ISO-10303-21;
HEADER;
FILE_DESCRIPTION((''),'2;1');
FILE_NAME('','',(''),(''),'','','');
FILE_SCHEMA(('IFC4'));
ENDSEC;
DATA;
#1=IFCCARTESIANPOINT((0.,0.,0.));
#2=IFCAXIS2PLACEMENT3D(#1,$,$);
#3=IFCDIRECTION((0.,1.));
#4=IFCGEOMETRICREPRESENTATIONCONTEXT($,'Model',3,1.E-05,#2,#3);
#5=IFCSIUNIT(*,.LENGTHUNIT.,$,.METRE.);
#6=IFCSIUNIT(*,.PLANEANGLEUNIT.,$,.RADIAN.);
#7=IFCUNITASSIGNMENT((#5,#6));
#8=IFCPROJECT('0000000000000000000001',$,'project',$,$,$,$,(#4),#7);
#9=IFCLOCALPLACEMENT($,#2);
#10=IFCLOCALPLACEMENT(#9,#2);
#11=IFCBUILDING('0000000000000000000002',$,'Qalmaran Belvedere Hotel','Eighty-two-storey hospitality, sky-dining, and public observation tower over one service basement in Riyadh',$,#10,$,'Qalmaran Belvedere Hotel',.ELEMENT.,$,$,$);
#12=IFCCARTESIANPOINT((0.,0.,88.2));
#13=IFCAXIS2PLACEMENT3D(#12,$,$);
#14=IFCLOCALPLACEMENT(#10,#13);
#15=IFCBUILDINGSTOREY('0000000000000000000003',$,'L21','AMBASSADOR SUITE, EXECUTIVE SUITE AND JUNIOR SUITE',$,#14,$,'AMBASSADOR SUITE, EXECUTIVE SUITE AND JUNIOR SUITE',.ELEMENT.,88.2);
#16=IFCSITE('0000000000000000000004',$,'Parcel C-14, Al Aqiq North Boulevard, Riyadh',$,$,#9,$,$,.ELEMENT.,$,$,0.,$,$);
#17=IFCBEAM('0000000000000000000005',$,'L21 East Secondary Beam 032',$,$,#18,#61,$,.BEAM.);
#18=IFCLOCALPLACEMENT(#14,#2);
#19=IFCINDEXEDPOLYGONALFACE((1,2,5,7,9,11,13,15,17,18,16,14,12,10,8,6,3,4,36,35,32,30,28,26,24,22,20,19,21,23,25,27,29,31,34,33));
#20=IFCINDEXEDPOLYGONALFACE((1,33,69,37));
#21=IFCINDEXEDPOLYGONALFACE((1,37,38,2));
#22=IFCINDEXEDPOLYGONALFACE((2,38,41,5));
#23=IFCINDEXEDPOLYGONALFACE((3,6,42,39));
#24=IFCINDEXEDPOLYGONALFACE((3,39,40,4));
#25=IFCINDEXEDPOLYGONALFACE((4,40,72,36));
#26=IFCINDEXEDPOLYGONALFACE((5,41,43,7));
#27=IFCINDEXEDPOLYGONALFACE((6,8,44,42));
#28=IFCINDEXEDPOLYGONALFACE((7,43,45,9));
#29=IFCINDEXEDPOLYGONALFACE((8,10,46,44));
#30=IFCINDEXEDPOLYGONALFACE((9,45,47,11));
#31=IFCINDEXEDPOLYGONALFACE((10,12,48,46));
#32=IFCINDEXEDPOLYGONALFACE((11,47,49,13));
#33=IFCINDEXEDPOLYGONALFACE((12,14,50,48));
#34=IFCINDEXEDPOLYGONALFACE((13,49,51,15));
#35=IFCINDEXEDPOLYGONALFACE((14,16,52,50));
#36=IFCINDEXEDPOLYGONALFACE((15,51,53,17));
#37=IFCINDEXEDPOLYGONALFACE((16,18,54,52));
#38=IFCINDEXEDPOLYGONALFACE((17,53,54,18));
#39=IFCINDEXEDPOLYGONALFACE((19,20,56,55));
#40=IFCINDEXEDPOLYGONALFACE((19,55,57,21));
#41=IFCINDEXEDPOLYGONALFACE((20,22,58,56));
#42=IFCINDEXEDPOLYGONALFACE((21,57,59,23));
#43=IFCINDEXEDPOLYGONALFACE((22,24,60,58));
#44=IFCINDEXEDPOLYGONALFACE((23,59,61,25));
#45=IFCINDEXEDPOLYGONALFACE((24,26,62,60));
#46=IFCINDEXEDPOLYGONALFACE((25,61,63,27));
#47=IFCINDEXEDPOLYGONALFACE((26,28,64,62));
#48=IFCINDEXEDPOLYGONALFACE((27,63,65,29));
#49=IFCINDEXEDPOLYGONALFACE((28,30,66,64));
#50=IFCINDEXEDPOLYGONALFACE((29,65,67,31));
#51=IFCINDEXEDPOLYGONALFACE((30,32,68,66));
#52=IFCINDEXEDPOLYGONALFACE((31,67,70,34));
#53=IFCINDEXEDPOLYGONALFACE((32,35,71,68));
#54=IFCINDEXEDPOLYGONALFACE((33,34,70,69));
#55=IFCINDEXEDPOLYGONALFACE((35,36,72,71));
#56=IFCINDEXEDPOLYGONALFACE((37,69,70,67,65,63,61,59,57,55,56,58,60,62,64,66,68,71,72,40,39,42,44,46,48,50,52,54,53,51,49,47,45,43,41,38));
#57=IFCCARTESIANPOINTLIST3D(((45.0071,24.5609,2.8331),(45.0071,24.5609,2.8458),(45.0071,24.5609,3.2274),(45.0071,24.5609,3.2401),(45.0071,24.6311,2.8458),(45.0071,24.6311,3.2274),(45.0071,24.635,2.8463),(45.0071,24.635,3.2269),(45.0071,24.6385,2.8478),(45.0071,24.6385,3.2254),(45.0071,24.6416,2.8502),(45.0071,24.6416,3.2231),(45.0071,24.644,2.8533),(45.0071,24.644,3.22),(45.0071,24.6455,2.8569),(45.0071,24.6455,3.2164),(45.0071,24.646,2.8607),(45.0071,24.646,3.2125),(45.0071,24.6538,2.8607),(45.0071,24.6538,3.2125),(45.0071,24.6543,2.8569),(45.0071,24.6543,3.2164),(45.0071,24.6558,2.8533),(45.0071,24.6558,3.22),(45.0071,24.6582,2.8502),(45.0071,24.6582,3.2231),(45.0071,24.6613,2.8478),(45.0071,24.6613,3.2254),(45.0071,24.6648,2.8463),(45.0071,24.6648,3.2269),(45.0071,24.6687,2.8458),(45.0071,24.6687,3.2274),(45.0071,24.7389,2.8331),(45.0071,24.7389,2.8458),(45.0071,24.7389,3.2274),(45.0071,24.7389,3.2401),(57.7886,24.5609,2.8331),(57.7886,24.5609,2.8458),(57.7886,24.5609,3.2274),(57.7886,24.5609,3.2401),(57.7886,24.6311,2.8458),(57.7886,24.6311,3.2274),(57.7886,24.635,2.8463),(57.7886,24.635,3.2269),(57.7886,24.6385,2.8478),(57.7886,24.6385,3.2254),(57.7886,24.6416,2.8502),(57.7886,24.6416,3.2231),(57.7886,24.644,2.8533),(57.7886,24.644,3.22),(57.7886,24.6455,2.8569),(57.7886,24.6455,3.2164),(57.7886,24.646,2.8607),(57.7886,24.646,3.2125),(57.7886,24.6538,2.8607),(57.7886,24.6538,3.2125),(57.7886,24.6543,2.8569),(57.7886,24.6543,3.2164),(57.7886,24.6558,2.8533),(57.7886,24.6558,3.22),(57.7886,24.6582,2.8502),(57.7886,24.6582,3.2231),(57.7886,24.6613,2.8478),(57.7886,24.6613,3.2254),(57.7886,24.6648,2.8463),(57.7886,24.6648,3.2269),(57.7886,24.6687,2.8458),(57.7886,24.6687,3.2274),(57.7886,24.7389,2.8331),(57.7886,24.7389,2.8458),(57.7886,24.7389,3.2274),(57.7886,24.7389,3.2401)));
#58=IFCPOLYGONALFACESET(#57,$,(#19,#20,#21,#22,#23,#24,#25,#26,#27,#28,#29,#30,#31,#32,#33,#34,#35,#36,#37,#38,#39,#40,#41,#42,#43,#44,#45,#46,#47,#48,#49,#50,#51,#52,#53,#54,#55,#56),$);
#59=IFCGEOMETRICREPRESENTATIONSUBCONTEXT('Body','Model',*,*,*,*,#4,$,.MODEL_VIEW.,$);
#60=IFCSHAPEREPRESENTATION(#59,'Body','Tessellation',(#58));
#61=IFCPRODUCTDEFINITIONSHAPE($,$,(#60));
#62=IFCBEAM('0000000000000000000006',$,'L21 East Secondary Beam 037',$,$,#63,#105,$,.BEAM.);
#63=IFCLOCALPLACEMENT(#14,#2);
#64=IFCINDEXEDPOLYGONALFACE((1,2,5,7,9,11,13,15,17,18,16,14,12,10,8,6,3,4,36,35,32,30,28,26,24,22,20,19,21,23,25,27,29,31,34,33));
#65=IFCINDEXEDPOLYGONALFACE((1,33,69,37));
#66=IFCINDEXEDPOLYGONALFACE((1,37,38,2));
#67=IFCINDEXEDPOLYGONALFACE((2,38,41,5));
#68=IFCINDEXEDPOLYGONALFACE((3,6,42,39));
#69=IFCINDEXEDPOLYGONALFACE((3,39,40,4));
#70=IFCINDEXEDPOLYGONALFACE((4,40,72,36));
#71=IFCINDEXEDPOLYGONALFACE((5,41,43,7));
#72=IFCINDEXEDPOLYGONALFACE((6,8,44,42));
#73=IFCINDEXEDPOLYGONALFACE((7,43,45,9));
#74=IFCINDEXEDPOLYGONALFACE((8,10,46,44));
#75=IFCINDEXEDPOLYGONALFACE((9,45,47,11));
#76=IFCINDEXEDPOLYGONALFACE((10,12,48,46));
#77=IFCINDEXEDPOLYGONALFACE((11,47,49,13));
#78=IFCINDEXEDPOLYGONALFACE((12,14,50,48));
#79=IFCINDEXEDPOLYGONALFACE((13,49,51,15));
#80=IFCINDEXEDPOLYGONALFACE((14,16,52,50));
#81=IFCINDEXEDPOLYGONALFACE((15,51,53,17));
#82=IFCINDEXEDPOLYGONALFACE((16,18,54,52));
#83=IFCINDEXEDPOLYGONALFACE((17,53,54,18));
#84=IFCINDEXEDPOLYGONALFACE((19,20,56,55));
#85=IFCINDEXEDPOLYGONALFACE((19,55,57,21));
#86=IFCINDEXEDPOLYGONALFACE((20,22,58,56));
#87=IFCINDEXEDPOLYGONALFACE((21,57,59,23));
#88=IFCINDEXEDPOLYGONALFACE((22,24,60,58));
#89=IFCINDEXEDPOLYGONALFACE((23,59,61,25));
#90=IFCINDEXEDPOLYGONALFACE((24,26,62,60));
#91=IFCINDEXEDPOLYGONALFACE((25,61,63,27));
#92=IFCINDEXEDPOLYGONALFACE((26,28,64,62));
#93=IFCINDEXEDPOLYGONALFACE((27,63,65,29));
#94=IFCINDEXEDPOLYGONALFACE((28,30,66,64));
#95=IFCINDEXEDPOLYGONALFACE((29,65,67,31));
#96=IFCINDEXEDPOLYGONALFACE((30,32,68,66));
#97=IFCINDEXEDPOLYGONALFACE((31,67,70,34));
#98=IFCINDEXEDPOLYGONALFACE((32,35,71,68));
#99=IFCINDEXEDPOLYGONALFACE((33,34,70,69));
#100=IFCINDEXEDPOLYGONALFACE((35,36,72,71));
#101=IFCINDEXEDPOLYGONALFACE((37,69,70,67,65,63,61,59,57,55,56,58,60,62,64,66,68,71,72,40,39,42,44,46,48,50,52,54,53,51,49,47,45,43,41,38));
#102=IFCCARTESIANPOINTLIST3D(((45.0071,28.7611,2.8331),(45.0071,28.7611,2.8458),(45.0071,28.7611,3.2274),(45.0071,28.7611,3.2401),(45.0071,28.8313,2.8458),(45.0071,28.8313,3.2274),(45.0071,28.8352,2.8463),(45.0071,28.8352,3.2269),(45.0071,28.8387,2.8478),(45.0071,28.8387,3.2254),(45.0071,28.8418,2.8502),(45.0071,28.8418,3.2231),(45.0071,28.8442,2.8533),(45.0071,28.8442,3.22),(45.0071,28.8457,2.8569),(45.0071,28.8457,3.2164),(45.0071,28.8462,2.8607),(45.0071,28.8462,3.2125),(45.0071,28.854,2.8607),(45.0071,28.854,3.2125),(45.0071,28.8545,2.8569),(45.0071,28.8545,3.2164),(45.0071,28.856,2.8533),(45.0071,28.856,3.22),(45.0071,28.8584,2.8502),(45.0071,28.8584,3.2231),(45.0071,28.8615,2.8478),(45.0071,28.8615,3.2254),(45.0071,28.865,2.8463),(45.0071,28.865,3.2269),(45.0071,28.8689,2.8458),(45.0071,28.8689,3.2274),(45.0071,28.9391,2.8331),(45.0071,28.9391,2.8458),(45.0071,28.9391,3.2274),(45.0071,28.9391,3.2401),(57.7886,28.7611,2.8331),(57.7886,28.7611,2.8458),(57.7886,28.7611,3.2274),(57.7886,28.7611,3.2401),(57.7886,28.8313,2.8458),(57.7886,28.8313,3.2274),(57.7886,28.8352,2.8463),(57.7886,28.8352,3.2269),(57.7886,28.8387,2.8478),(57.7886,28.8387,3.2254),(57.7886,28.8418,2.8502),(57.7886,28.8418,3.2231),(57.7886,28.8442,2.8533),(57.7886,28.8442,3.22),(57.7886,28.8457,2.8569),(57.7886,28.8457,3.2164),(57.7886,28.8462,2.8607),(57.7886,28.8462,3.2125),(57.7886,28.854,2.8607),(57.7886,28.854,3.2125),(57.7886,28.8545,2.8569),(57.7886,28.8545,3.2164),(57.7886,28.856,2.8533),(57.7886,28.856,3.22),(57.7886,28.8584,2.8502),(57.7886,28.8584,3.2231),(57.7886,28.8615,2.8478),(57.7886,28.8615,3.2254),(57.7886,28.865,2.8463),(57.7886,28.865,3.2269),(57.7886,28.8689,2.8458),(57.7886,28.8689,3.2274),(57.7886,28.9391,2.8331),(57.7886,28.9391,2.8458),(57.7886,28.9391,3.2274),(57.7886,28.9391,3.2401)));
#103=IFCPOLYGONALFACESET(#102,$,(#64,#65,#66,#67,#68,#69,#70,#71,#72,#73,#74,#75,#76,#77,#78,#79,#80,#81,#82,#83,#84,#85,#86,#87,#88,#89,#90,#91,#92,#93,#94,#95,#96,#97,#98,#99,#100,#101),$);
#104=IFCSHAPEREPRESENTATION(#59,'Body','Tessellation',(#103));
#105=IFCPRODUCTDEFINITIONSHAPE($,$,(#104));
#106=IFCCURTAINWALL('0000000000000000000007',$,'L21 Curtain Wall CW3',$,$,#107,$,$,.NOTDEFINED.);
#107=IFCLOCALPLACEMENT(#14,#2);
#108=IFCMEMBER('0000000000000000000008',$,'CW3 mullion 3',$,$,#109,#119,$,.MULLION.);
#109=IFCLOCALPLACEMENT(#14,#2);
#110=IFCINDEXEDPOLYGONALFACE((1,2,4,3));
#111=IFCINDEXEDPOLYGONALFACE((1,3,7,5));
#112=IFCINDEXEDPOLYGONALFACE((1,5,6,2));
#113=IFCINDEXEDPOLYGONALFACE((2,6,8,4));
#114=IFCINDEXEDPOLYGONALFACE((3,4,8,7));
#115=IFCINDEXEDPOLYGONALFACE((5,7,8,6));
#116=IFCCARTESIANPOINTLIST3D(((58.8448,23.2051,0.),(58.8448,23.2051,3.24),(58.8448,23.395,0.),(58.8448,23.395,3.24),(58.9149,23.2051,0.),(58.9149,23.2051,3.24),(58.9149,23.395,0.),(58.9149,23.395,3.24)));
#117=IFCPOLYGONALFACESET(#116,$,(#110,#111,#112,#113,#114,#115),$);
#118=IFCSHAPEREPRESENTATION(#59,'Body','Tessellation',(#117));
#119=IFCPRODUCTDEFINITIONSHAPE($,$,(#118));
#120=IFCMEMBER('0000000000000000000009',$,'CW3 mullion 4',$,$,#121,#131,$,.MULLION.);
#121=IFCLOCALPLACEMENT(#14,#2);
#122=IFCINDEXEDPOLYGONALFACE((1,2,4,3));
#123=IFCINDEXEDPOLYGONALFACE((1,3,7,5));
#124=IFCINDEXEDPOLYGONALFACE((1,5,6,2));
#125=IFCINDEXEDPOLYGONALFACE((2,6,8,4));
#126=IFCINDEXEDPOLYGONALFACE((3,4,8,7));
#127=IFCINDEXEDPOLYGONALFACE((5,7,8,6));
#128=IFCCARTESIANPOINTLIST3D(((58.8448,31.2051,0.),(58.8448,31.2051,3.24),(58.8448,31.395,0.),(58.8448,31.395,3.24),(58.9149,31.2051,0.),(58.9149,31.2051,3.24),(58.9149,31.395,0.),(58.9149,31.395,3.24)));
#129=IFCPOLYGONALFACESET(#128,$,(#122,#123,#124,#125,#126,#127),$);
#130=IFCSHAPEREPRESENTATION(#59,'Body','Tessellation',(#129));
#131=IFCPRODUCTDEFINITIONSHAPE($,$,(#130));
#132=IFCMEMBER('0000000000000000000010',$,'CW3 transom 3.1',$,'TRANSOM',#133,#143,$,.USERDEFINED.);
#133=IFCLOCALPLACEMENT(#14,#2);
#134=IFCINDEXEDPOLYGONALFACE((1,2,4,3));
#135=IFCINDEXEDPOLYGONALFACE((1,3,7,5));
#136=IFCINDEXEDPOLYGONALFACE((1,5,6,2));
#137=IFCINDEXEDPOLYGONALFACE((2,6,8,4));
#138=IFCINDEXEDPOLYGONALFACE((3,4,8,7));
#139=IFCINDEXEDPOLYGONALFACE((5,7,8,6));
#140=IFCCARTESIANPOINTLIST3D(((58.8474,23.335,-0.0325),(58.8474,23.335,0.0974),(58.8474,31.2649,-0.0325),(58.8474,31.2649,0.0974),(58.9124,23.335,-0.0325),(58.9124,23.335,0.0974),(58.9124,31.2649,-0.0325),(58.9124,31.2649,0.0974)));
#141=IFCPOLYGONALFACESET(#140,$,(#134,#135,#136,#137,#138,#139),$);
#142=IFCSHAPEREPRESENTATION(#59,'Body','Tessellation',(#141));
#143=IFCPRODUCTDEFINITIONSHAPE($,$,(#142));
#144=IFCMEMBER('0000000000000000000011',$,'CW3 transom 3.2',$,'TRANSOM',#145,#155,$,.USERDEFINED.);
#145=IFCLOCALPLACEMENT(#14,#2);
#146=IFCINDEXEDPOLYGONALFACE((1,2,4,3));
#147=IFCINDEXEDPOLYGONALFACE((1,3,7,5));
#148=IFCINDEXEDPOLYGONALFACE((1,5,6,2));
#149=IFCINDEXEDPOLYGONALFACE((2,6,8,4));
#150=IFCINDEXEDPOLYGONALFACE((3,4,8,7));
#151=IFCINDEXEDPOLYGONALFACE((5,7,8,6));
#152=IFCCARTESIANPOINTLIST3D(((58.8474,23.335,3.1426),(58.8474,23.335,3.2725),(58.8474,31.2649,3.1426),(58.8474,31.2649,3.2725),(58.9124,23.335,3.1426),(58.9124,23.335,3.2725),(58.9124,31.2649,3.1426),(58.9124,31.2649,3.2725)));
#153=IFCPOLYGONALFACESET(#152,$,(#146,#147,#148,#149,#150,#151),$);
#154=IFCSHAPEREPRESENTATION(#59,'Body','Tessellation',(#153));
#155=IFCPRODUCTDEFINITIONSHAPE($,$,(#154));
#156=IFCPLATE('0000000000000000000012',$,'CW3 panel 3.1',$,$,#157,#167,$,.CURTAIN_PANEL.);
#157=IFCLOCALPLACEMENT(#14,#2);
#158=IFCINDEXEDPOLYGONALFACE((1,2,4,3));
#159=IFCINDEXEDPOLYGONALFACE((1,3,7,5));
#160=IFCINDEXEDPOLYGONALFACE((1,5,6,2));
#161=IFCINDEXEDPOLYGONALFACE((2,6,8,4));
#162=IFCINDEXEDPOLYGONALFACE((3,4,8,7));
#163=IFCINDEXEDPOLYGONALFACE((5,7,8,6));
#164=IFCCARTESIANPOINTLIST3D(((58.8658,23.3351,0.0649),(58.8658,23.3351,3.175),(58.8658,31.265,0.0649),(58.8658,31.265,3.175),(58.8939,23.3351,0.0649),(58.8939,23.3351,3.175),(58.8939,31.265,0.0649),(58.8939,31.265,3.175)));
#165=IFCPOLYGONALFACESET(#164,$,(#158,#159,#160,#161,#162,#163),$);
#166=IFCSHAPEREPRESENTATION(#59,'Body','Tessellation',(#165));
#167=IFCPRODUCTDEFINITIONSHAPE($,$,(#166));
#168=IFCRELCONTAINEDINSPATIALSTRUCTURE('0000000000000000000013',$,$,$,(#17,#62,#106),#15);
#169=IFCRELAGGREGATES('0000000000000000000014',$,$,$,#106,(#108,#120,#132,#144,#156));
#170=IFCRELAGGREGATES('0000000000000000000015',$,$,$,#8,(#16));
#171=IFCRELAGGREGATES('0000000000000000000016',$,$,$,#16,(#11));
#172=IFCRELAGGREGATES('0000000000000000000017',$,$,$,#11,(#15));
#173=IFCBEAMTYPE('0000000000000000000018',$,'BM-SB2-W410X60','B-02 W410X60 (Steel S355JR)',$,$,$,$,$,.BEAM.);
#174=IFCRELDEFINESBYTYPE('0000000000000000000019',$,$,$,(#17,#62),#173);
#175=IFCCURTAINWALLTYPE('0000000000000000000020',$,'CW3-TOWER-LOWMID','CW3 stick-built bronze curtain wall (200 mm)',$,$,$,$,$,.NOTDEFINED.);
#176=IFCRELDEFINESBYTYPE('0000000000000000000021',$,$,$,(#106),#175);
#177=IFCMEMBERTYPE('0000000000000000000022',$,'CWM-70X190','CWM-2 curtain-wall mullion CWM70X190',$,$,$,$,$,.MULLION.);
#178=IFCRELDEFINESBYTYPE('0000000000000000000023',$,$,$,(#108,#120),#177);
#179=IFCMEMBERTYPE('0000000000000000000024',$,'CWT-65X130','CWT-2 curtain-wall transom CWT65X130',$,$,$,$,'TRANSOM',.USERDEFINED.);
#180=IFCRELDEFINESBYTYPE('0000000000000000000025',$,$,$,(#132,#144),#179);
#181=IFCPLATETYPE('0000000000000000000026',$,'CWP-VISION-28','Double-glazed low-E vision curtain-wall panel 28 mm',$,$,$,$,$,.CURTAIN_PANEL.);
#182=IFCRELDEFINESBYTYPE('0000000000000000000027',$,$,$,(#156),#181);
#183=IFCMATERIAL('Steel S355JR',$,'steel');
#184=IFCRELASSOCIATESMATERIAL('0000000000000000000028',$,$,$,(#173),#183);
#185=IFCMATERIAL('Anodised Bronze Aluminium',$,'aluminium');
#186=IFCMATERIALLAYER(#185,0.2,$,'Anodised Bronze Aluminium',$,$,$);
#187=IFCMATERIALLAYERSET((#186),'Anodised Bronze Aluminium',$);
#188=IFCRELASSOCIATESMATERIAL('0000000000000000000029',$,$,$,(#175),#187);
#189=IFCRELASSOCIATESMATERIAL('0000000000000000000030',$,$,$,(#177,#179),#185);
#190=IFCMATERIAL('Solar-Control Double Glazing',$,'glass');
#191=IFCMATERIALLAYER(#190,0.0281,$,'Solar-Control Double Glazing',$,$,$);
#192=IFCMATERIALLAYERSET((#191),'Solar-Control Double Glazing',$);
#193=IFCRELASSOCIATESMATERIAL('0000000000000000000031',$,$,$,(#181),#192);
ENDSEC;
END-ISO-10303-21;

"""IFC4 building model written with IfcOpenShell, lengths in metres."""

from ifc_helpers import new_model, si_unit, direction, frame, origin, origin_2d, place, context, subcontext, project, spatial, rectangle, i_section, extrude, material, layer, layer_set, material_profile, profile_set, type_object, element, aggregate, save


model = new_model("IFC4")

# Units and contexts
model_context = context("Model", 3, precision=1e-05, world=origin(), true_north=direction((0.0, 1.0)))
body_context = subcontext(model_context, "Body", "Model", "MODEL_VIEW")
ifc_project = project(units=[si_unit("LENGTHUNIT", "METRE"), si_unit("PLANEANGLEUNIT", "RADIAN")], contexts=[model_context])

# Site, building, storey
site_placement = place(None, origin())
site = spatial("IfcSite", under=ifc_project, at=site_placement, Name="Parcel C-14, Al Aqiq North Boulevard, Riyadh", CompositionType="ELEMENT", RefElevation=0.0)
building_placement = place(site_placement, origin())
building = spatial("IfcBuilding", under=site, at=building_placement, Name="Qalmaran Belvedere Hotel", Description="Eighty-two-storey hospitality, sky-dining, and public observation tower over one service basement in Riyadh", LongName="Qalmaran Belvedere Hotel", CompositionType="ELEMENT")
storey_placement = place(building_placement, frame((0.0, 0.0, 88.2)))
storey = spatial("IfcBuildingStorey", under=building, at=storey_placement, Name="L21", Description="AMBASSADOR SUITE, EXECUTIVE SUITE AND JUNIOR SUITE", LongName="AMBASSADOR SUITE, EXECUTIVE SUITE AND JUNIOR SUITE", CompositionType="ELEMENT", Elevation=88.2)

# Beams
ifc_material_1 = material(Name="Steel S355JR", Category="steel")
ifc_material_profile_1 = material_profile(ifc_material_1, i_section(OverallWidth=0.178, OverallDepth=0.407, WebThickness=0.0078, FlangeThickness=0.0127, FilletRadius=0.0149, at=origin_2d()), Name="W410X60")
ifc_profile_set_1 = profile_set([ifc_material_profile_1], Name="Steel S355JR")
beam_type = type_object("IfcBeamType", Name="BM-SB2-W410X60", Description="B-02 W410X60 (Steel S355JR)", PredefinedType="BEAM", material=ifc_profile_set_1)
for number, where, z_axis, x_axis, name in (
    (1, (45.0071, 24.6499, 3.0366), (1.0, 0.0, 0.0), (0.0, 1.0, 0.0), "L21 East Secondary Beam 032"),
    (2, (45.0071, 28.8501, 3.0366), (1.0, 0.0, 0.0), (0.0, 1.0, 0.0), "L21 East Secondary Beam 037"),
):
    element("IfcBeam", number, at=place(storey_placement, frame(where, z_axis=z_axis, x_axis=x_axis)), inside=storey, type_object=beam_type, Name=name, PredefinedType="BEAM", context=body_context, shape_type="SweptSolid", body=[
        extrude(i_section(OverallWidth=0.178, OverallDepth=0.407, WebThickness=0.0078, FlangeThickness=0.0127, FilletRadius=0.0149, at=origin_2d()), origin(), (0.0, 0.0, 1.0), 12.7815),
    ])

# Curtain wall, members, plate
ifc_material_2 = material(Name="Anodised Bronze Aluminium", Category="aluminium")
ifc_layer_1 = layer(ifc_material_2, 0.2, Name="Anodised Bronze Aluminium")
ifc_layer_set_1 = layer_set([ifc_layer_1], Name="Anodised Bronze Aluminium")
curtain_wall_type = type_object("IfcCurtainWallType", Name="CW3-TOWER-LOWMID", Description="CW3 stick-built bronze curtain wall (200 mm)", PredefinedType="NOTDEFINED", material=ifc_layer_set_1)
curtain_wall_placement = place(storey_placement, origin())
curtain_wall = element("IfcCurtainWall", 3, at=curtain_wall_placement, inside=storey, type_object=curtain_wall_type, Name="L21 Curtain Wall CW3", PredefinedType="NOTDEFINED")
ifc_material_profile_2 = material_profile(ifc_material_2, rectangle(XDim=0.0701, YDim=0.1899, at=origin_2d()), Name="CWM70X190")
ifc_profile_set_2 = profile_set([ifc_material_profile_2], Name="Anodised Bronze Aluminium")
member_type_1 = type_object("IfcMemberType", Name="CWM-70X190", Description="CWM-2 curtain-wall mullion CWM70X190", PredefinedType="MULLION", material=ifc_profile_set_2)
member_1_placement = place(storey_placement, frame((58.8799, 23.3, 0.0), z_axis=(0.0, 0.0, 1.0), x_axis=(-1.0, 0.0, 0.0)))
member_1 = element("IfcMember", 4, at=member_1_placement, type_object=member_type_1, Name="CW3 mullion 3", PredefinedType="MULLION", context=body_context, shape_type="SweptSolid", body=[
    extrude(rectangle(XDim=0.0701, YDim=0.1899, at=origin_2d()), origin(), (0.0, 0.0, 1.0), 3.24),
])
member_2_placement = place(storey_placement, frame((58.8799, 31.3, 0.0), z_axis=(0.0, 0.0, 1.0), x_axis=(-1.0, 0.0, 0.0)))
member_2 = element("IfcMember", 5, at=member_2_placement, type_object=member_type_1, Name="CW3 mullion 4", PredefinedType="MULLION", context=body_context, shape_type="SweptSolid", body=[
    extrude(rectangle(XDim=0.0701, YDim=0.1899, at=origin_2d()), origin(), (0.0, 0.0, 1.0), 3.24),
])
ifc_material_profile_3 = material_profile(ifc_material_2, rectangle(XDim=0.0649, YDim=0.1299, at=origin_2d()), Name="CWT65X130")
ifc_profile_set_3 = profile_set([ifc_material_profile_3], Name="Anodised Bronze Aluminium")
member_type_2 = type_object("IfcMemberType", Name="CWT-65X130", Description="CWT-2 curtain-wall transom CWT65X130", ElementType="TRANSOM", PredefinedType="USERDEFINED", material=ifc_profile_set_3)
member_3_placement = place(storey_placement, frame((58.8799, 23.335, 0.0325), z_axis=(0.0, 1.0, 0.0), x_axis=(-1.0, 0.0, 0.0)))
member_3 = element("IfcMember", 6, at=member_3_placement, type_object=member_type_2, Name="CW3 transom 3.1", ObjectType="TRANSOM", PredefinedType="USERDEFINED", context=body_context, shape_type="SweptSolid", body=[
    extrude(rectangle(XDim=0.0649, YDim=0.1299, at=origin_2d()), origin(), (0.0, 0.0, 1.0), 7.9299),
])
member_4_placement = place(storey_placement, frame((58.8799, 23.335, 3.2075), z_axis=(0.0, 1.0, 0.0), x_axis=(-1.0, 0.0, 0.0)))
member_4 = element("IfcMember", 7, at=member_4_placement, type_object=member_type_2, Name="CW3 transom 3.2", ObjectType="TRANSOM", PredefinedType="USERDEFINED", context=body_context, shape_type="SweptSolid", body=[
    extrude(rectangle(XDim=0.0649, YDim=0.1299, at=origin_2d()), origin(), (0.0, 0.0, 1.0), 7.9299),
])
ifc_material_3 = material(Name="Solar-Control Double Glazing", Category="glass")
ifc_layer_2 = layer(ifc_material_3, 0.0281, Name="Solar-Control Double Glazing")
ifc_layer_set_2 = layer_set([ifc_layer_2], Name="Solar-Control Double Glazing")
plate_type = type_object("IfcPlateType", Name="CWP-VISION-28", Description="Double-glazed low-E vision curtain-wall panel 28 mm", PredefinedType="CURTAIN_PANEL", material=ifc_layer_set_2)
plate_placement = place(storey_placement, frame((58.8799, 27.3, 0.0649), z_axis=(0.0, 0.0, 1.0), x_axis=(0.0, 1.0, 0.0)))
plate = element("IfcPlate", 8, at=plate_placement, type_object=plate_type, Name="CW3 panel 3.1", PredefinedType="CURTAIN_PANEL", context=body_context, shape_type="SweptSolid", body=[
    extrude(rectangle(XDim=7.9299, YDim=0.0281, at=origin_2d()), origin(), (0.0, 0.0, 1.0), 3.1101),
])
aggregate(curtain_wall, [member_1, member_2, member_3, member_4, plate])

save(model, "model.ifc")
